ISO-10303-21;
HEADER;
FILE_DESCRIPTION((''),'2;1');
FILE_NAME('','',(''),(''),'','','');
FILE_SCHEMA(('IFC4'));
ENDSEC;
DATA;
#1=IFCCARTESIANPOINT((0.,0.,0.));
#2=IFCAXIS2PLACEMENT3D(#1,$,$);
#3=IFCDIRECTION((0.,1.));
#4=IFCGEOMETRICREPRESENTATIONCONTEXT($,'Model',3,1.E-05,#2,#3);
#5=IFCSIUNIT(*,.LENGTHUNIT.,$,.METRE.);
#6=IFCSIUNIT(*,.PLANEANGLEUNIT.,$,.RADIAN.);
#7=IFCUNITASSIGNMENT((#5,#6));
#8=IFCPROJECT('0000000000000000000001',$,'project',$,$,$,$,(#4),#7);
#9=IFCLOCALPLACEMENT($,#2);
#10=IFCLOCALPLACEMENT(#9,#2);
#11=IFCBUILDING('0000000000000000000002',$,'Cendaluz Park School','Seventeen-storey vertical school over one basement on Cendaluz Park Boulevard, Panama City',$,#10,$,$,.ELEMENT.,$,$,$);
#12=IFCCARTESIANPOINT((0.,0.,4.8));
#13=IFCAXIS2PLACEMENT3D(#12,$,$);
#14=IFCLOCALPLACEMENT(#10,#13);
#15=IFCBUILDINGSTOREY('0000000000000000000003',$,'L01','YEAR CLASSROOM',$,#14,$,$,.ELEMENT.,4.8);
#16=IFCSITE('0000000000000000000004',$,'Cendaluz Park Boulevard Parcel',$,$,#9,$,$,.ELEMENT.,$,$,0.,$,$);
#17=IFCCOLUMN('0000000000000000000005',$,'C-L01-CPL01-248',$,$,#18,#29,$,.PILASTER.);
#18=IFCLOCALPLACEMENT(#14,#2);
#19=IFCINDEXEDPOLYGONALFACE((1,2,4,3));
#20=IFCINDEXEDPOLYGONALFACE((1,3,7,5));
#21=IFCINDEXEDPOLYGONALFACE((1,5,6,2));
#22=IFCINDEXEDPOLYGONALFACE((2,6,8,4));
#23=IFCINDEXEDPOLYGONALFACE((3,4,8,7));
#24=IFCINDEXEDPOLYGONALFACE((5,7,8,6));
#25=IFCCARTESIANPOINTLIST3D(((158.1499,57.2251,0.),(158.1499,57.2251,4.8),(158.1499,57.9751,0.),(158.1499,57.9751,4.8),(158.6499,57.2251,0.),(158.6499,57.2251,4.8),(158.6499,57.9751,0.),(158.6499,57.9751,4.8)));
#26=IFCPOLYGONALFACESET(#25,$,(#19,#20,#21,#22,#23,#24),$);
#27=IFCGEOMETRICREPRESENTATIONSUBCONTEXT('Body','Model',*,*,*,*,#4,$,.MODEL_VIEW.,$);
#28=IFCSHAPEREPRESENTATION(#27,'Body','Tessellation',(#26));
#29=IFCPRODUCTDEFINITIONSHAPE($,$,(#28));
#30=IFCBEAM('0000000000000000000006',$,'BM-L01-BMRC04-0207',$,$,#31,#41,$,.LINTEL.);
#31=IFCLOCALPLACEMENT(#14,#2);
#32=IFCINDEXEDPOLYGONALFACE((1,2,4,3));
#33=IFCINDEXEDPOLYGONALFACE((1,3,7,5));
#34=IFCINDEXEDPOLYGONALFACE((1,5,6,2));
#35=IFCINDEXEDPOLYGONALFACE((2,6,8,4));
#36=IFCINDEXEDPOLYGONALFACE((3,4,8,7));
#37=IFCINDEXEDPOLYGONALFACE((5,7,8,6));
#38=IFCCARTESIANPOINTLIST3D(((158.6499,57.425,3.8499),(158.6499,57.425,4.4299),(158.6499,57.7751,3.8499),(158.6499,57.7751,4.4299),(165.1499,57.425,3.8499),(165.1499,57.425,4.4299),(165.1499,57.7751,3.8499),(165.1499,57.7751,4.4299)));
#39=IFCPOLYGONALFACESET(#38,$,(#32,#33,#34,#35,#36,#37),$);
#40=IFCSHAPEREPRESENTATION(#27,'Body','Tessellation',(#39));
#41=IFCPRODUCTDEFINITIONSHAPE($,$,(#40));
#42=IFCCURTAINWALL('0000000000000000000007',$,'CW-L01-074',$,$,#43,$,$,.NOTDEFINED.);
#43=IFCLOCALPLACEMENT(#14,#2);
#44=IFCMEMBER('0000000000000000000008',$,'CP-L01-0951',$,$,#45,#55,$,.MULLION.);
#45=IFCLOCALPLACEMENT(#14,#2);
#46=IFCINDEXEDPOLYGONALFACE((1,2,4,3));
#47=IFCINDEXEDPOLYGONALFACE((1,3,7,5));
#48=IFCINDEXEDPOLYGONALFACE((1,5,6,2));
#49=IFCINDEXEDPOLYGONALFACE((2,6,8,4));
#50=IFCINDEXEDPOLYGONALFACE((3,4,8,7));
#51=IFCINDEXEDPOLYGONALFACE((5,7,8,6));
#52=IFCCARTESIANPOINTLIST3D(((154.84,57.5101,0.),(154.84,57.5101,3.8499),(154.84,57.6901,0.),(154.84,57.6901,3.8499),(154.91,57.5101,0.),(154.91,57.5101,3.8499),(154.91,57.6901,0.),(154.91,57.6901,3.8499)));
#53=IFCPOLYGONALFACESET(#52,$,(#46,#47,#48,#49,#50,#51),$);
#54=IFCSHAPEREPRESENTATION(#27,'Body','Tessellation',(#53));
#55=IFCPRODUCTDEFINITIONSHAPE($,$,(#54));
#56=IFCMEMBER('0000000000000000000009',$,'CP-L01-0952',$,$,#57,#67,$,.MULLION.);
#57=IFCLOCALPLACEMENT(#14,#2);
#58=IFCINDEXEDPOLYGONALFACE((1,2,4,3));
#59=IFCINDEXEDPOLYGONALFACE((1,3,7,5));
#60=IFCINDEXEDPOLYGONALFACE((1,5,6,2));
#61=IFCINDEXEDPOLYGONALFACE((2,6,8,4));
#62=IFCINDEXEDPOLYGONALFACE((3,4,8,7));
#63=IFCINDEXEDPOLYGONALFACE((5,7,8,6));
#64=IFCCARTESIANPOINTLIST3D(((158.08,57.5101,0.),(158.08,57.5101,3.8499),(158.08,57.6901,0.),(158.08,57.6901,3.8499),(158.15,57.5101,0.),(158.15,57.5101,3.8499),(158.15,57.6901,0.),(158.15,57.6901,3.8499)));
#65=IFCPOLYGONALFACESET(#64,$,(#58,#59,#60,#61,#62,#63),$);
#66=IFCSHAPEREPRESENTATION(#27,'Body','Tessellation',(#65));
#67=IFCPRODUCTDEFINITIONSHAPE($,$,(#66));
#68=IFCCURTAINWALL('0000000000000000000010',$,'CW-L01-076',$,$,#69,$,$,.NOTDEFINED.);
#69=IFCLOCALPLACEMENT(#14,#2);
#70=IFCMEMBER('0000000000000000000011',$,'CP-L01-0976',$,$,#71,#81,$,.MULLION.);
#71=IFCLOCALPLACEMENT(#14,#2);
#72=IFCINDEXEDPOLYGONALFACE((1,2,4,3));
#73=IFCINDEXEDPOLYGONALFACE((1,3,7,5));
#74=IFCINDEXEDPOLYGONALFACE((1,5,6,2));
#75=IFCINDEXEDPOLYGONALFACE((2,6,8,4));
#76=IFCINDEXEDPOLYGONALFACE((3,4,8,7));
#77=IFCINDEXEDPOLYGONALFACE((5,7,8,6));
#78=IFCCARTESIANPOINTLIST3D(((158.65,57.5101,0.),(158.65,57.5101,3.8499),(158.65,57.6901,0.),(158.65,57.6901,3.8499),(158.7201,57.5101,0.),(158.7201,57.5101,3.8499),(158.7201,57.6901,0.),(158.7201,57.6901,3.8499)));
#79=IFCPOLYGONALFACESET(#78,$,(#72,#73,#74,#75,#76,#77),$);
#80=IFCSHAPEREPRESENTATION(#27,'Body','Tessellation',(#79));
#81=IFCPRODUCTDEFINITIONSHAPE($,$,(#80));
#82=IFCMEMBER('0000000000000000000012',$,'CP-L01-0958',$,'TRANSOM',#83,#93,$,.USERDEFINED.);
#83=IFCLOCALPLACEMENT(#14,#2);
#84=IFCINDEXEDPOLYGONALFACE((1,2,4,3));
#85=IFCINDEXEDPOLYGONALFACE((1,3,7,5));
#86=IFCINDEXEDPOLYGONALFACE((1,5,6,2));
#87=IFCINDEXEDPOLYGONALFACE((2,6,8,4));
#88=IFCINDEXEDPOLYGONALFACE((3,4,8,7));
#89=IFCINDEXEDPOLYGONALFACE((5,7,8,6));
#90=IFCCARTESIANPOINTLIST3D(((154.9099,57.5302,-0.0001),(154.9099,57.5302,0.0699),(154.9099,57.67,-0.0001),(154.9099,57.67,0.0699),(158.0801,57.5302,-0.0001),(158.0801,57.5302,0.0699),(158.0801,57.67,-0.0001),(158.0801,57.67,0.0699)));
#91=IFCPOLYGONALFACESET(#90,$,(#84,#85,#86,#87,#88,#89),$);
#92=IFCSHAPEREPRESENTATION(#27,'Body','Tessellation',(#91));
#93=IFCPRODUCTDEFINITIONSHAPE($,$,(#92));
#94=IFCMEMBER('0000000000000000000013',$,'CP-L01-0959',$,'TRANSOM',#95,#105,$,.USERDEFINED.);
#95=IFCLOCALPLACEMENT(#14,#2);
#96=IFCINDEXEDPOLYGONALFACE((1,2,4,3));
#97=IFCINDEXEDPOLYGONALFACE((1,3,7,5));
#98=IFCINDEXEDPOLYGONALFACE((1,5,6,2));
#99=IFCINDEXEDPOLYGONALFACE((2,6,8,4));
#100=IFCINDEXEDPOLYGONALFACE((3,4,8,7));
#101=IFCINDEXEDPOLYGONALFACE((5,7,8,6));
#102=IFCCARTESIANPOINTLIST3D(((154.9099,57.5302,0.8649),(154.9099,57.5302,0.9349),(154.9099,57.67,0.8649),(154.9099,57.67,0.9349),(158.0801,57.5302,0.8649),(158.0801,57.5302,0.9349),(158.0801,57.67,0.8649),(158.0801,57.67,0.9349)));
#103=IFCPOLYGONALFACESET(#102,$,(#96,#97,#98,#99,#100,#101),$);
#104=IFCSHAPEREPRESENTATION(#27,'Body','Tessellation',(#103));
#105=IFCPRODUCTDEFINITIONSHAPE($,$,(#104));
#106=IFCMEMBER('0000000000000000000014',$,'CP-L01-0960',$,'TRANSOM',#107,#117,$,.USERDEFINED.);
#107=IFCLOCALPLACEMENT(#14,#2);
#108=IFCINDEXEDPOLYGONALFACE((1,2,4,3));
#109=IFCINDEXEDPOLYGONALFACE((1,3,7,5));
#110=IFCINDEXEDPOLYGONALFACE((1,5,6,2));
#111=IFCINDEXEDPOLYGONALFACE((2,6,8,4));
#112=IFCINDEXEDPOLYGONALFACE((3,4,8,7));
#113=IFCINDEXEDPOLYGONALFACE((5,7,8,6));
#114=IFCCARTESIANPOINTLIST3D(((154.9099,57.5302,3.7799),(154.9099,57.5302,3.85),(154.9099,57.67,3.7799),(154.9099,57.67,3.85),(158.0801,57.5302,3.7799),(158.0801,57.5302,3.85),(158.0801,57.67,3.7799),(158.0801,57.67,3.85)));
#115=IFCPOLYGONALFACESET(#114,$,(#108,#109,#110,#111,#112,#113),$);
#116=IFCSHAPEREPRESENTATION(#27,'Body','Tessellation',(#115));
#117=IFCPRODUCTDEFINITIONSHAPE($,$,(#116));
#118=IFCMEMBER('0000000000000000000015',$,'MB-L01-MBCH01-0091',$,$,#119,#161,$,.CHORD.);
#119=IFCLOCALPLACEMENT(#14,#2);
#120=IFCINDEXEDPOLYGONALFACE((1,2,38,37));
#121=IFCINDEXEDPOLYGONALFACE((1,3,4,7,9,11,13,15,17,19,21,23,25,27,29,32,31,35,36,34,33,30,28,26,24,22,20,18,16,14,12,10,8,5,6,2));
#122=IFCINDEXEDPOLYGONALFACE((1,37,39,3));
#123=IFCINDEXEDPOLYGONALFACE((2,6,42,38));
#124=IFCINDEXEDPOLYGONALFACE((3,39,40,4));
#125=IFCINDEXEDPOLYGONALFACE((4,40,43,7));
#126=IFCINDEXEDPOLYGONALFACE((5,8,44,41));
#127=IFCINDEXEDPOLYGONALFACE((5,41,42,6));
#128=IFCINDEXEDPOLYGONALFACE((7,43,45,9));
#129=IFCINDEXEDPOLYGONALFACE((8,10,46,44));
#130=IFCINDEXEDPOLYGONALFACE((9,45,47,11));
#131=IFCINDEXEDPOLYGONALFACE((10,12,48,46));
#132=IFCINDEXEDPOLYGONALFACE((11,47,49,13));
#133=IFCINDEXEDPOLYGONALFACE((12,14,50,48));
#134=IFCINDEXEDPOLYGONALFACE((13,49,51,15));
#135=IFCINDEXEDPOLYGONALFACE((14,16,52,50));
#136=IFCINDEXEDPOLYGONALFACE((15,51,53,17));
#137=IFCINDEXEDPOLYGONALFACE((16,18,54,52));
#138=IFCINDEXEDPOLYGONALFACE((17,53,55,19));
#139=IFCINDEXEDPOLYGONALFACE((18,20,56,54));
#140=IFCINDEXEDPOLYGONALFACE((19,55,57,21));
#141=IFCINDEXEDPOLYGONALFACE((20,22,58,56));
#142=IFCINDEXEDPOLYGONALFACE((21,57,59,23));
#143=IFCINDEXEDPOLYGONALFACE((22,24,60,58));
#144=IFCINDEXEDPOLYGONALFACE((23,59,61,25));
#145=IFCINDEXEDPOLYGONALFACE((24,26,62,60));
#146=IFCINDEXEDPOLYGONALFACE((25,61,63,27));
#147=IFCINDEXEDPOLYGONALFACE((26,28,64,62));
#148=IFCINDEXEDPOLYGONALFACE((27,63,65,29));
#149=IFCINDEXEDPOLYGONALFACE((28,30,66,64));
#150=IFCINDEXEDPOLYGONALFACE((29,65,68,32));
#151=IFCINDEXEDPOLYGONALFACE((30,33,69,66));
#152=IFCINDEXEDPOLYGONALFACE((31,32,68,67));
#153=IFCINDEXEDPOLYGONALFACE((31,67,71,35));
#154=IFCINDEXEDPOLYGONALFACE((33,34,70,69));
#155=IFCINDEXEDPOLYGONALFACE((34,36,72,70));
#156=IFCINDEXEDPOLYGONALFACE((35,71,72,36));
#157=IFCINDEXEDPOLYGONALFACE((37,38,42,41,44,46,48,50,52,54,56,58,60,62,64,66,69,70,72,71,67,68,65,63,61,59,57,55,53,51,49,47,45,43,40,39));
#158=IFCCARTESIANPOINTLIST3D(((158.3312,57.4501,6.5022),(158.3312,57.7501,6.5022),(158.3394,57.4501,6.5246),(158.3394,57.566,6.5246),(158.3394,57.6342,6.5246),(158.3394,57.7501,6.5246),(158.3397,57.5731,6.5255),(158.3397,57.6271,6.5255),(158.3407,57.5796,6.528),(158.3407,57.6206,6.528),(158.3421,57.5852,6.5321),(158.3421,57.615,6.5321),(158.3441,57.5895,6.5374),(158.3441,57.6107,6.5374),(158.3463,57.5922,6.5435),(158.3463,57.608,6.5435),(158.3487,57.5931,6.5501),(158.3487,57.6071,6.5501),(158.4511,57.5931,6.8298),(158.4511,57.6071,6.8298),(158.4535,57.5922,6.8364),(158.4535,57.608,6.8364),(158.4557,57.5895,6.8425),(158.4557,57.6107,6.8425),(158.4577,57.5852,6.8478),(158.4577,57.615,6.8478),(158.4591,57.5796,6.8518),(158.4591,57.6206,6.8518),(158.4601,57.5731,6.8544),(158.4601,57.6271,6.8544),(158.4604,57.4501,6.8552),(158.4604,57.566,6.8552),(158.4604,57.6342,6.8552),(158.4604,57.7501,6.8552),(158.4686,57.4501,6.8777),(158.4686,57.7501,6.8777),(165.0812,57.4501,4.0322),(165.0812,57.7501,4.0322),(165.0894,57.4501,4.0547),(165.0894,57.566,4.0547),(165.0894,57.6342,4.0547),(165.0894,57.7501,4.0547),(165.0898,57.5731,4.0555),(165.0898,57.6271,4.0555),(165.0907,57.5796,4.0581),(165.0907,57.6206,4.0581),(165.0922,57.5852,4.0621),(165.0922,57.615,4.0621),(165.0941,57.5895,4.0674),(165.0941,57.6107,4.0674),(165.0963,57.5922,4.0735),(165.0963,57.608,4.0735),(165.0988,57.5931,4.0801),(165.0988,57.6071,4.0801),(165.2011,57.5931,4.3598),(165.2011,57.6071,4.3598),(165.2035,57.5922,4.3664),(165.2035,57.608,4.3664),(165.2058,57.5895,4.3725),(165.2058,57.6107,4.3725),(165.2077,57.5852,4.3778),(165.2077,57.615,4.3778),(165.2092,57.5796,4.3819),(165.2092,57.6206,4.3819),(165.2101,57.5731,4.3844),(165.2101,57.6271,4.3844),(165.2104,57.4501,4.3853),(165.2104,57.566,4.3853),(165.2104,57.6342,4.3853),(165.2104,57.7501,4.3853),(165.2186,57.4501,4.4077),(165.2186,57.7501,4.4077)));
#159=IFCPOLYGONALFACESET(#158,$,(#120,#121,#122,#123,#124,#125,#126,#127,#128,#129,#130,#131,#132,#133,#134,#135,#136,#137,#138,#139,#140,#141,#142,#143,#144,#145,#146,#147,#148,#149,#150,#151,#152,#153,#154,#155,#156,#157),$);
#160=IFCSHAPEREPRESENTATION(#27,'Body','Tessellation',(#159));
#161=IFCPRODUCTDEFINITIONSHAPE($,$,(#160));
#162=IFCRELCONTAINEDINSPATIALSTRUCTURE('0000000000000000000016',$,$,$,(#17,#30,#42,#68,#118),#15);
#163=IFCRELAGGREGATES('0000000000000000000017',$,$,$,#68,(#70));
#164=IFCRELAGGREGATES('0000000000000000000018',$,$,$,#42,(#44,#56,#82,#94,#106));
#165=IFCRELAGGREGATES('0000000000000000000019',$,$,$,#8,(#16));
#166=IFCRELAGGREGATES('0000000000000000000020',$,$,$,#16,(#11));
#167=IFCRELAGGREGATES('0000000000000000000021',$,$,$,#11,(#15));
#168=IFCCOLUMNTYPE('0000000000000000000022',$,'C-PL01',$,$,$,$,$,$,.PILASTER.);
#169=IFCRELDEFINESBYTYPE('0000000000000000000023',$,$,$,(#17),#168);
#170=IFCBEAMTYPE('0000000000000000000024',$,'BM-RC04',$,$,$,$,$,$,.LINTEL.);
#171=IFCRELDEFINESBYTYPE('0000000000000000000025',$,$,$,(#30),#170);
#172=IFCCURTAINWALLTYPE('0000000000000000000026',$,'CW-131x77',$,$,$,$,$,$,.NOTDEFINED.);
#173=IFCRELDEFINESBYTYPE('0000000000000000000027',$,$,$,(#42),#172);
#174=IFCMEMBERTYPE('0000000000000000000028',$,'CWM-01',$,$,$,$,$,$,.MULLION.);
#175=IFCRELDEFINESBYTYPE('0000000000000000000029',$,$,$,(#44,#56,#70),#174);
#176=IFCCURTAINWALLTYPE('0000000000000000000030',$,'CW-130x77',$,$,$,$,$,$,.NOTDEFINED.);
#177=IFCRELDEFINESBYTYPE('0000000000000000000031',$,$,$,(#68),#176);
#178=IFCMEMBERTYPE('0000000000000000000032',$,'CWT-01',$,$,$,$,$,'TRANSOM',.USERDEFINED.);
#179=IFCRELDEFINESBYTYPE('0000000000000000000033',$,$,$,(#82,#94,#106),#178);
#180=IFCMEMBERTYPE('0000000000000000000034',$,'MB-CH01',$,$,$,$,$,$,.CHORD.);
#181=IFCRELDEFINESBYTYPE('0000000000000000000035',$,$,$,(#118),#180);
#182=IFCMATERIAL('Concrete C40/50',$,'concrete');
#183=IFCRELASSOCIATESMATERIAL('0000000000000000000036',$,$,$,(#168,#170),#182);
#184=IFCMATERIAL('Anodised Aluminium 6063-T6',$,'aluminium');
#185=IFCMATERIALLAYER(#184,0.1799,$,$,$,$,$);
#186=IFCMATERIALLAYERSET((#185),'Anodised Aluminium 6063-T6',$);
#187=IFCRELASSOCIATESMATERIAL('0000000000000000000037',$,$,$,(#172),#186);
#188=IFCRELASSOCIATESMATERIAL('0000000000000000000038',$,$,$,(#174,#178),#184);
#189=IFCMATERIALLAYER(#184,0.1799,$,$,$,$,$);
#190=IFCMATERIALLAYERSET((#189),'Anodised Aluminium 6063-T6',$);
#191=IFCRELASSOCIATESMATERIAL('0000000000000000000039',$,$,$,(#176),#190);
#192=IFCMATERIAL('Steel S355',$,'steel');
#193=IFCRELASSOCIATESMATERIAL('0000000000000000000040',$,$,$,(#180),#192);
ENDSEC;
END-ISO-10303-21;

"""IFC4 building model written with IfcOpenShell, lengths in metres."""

from ifc_helpers import new_model, si_unit, direction, frame, origin, origin_2d, place, context, subcontext, project, spatial, rectangle, i_section, extrude, material, layer, layer_set, material_profile, profile_set, type_object, element, aggregate, save


model = new_model("IFC4")

# Units and contexts
model_context = context("Model", 3, precision=1e-05, world=origin(), true_north=direction((0.0, 1.0)))
body_context = subcontext(model_context, "Body", "Model", "MODEL_VIEW")
ifc_project = project(units=[si_unit("LENGTHUNIT", "METRE"), si_unit("PLANEANGLEUNIT", "RADIAN")], contexts=[model_context])

# Site, building, storey
site_placement = place(None, origin())
site = spatial("IfcSite", under=ifc_project, at=site_placement, Name="Cendaluz Park Boulevard Parcel", CompositionType="ELEMENT", RefElevation=0.0)
building_placement = place(site_placement, origin())
building = spatial("IfcBuilding", under=site, at=building_placement, Name="Cendaluz Park School", Description="Seventeen-storey vertical school over one basement on Cendaluz Park Boulevard, Panama City", CompositionType="ELEMENT")
storey_placement = place(building_placement, frame((0.0, 0.0, 4.8)))
storey = spatial("IfcBuildingStorey", under=building, at=storey_placement, Name="L01", Description="YEAR CLASSROOM", CompositionType="ELEMENT", Elevation=4.8)

# Column
ifc_material_1 = material(Name="Concrete C40/50", Category="concrete")
ifc_material_profile_1 = material_profile(ifc_material_1, rectangle(XDim=0.5, YDim=0.75, at=origin_2d()), Name="RC 500x750", Category="concrete")
ifc_profile_set_1 = profile_set([ifc_material_profile_1], Name="Concrete C40/50")
column_type = type_object("IfcColumnType", Name="C-PL01", PredefinedType="PILASTER", material=ifc_profile_set_1)
column_placement = place(storey_placement, frame((158.3999, 57.6001, 0.0), z_axis=(0.0, 0.0, 1.0), x_axis=(1.0, 0.0, 0.0)))
element("IfcColumn", 1, at=column_placement, inside=storey, type_object=column_type, Name="C-L01-CPL01-248", PredefinedType="PILASTER", context=body_context, shape_type="SweptSolid", body=[
    extrude(rectangle(XDim=0.5, YDim=0.75, at=origin_2d()), origin(), (0.0, 0.0, 1.0), 4.8),
])

# Beam
ifc_material_profile_2 = material_profile(ifc_material_1, rectangle(XDim=0.3501, YDim=0.5801, at=origin_2d()), Name="RC 350x580", Category="concrete")
ifc_profile_set_2 = profile_set([ifc_material_profile_2], Name="Concrete C40/50")
beam_type = type_object("IfcBeamType", Name="BM-RC04", PredefinedType="LINTEL", material=ifc_profile_set_2)
beam_placement = place(storey_placement, frame((158.6499, 57.6001, 4.1399), z_axis=(1.0, 0.0, 0.0), x_axis=(0.0, 1.0, 0.0)))
element("IfcBeam", 2, at=beam_placement, inside=storey, type_object=beam_type, Name="BM-L01-BMRC04-0207", PredefinedType="LINTEL", context=body_context, shape_type="SweptSolid", body=[
    extrude(rectangle(XDim=0.3501, YDim=0.5801, at=origin_2d()), origin(), (0.0, 0.0, 1.0), 6.5),
])

# Curtain wall, members
ifc_material_2 = material(Name="Anodised Aluminium 6063-T6", Category="aluminium")
ifc_layer_1 = layer(ifc_material_2, 0.1799)
ifc_layer_set_1 = layer_set([ifc_layer_1], Name="Anodised Aluminium 6063-T6")
curtain_wall_type_1 = type_object("IfcCurtainWallType", Name="CW-131x77", PredefinedType="NOTDEFINED", material=ifc_layer_set_1)
curtain_wall_1_placement = place(storey_placement, origin())
curtain_wall_1 = element("IfcCurtainWall", 3, at=curtain_wall_1_placement, inside=storey, type_object=curtain_wall_type_1, Name="CW-L01-074", PredefinedType="NOTDEFINED")
ifc_material_profile_3 = material_profile(ifc_material_2, rectangle(XDim=0.1799, YDim=0.0701, at=origin_2d()), Name="CWM 180x70", Category="aluminium")
ifc_profile_set_3 = profile_set([ifc_material_profile_3], Name="Anodised Aluminium 6063-T6")
member_type_1 = type_object("IfcMemberType", Name="CWM-01", PredefinedType="MULLION", material=ifc_profile_set_3)
member_1_placement = place(storey_placement, frame((154.875, 57.6001, 0.0), z_axis=(0.0, 0.0, 1.0), x_axis=(0.0, 1.0, 0.0)))
member_1 = element("IfcMember", 4, at=member_1_placement, type_object=member_type_1, Name="CP-L01-0951", PredefinedType="MULLION", context=body_context, shape_type="SweptSolid", body=[
    extrude(rectangle(XDim=0.1799, YDim=0.0701, at=origin_2d()), origin(), (0.0, 0.0, 1.0), 3.8499),
])
member_2_placement = place(storey_placement, frame((158.115, 57.6001, 0.0), z_axis=(0.0, 0.0, 1.0), x_axis=(0.0, 1.0, 0.0)))
member_2 = element("IfcMember", 5, at=member_2_placement, type_object=member_type_1, Name="CP-L01-0952", PredefinedType="MULLION", context=body_context, shape_type="SweptSolid", body=[
    extrude(rectangle(XDim=0.1799, YDim=0.0701, at=origin_2d()), origin(), (0.0, 0.0, 1.0), 3.8499),
])

# Curtain wall, member
ifc_layer_2 = layer(ifc_material_2, 0.1799)
ifc_layer_set_2 = layer_set([ifc_layer_2], Name="Anodised Aluminium 6063-T6")
curtain_wall_type_2 = type_object("IfcCurtainWallType", Name="CW-130x77", PredefinedType="NOTDEFINED", material=ifc_layer_set_2)
curtain_wall_2_placement = place(storey_placement, origin())
curtain_wall_2 = element("IfcCurtainWall", 6, at=curtain_wall_2_placement, inside=storey, type_object=curtain_wall_type_2, Name="CW-L01-076", PredefinedType="NOTDEFINED")
member_3_placement = place(storey_placement, frame((158.6851, 57.6001, 0.0), z_axis=(0.0, 0.0, 1.0), x_axis=(0.0, 1.0, 0.0)))
member_3 = element("IfcMember", 7, at=member_3_placement, type_object=member_type_1, Name="CP-L01-0976", PredefinedType="MULLION", context=body_context, shape_type="SweptSolid", body=[
    extrude(rectangle(XDim=0.1799, YDim=0.0701, at=origin_2d()), origin(), (0.0, 0.0, 1.0), 3.8499),
])
aggregate(curtain_wall_2, [member_3])

# Members
ifc_material_profile_4 = material_profile(ifc_material_2, rectangle(XDim=0.1399, YDim=0.0701, at=origin_2d()), Name="CWT 140x70", Category="aluminium")
ifc_profile_set_4 = profile_set([ifc_material_profile_4], Name="Anodised Aluminium 6063-T6")
member_type_2 = type_object("IfcMemberType", Name="CWT-01", ElementType="TRANSOM", PredefinedType="USERDEFINED", material=ifc_profile_set_4)
member_4_placement = place(storey_placement, frame((154.9099, 57.6001, 0.0349), z_axis=(1.0, 0.0, 0.0), x_axis=(0.0, 1.0, 0.0)))
member_4 = element("IfcMember", 8, at=member_4_placement, type_object=member_type_2, Name="CP-L01-0958", ObjectType="TRANSOM", PredefinedType="USERDEFINED", context=body_context, shape_type="SweptSolid", body=[
    extrude(rectangle(XDim=0.1399, YDim=0.0701, at=origin_2d()), origin(), (0.0, 0.0, 1.0), 3.1702),
])
member_5_placement = place(storey_placement, frame((154.9099, 57.6001, 0.8999), z_axis=(1.0, 0.0, 0.0), x_axis=(0.0, 1.0, 0.0)))
member_5 = element("IfcMember", 9, at=member_5_placement, type_object=member_type_2, Name="CP-L01-0959", ObjectType="TRANSOM", PredefinedType="USERDEFINED", context=body_context, shape_type="SweptSolid", body=[
    extrude(rectangle(XDim=0.1399, YDim=0.0701, at=origin_2d()), origin(), (0.0, 0.0, 1.0), 3.1702),
])
member_6_placement = place(storey_placement, frame((154.9099, 57.6001, 3.8149), z_axis=(1.0, 0.0, 0.0), x_axis=(0.0, 1.0, 0.0)))
member_6 = element("IfcMember", 10, at=member_6_placement, type_object=member_type_2, Name="CP-L01-0960", ObjectType="TRANSOM", PredefinedType="USERDEFINED", context=body_context, shape_type="SweptSolid", body=[
    extrude(rectangle(XDim=0.1399, YDim=0.0701, at=origin_2d()), origin(), (0.0, 0.0, 1.0), 3.1702),
])

# Member
ifc_material_3 = material(Name="Steel S355", Category="steel")
ifc_material_profile_5 = material_profile(ifc_material_3, i_section(OverallWidth=0.3, OverallDepth=0.3999, WebThickness=0.0139, FlangeThickness=0.0239, FilletRadius=0.0271, at=origin_2d()), Name="HEB 400", Category="steel")
ifc_profile_set_5 = profile_set([ifc_material_profile_5], Name="Steel S355")
member_type_3 = type_object("IfcMemberType", Name="MB-CH01", PredefinedType="CHORD", material=ifc_profile_set_5)
for number, where, z_axis, x_axis, name in (
    (11, (158.3999, 57.6001, 6.6899), (0.939102, 0.0, -0.343638), (0.0, 1.0, 0.0), "MB-L01-MBCH01-0091"),
):
    element("IfcMember", number, at=place(storey_placement, frame(where, z_axis=z_axis, x_axis=x_axis)), inside=storey, type_object=member_type_3, Name=name, PredefinedType="CHORD", context=body_context, shape_type="SweptSolid", body=[
        extrude(i_section(OverallWidth=0.3, OverallDepth=0.3999, WebThickness=0.0139, FlangeThickness=0.0239, FilletRadius=0.0271, at=origin_2d()), origin(), (0.0, 0.0, 1.0), 7.1877),
    ])

aggregate(curtain_wall_1, [member_1, member_2, member_4, member_5, member_6])

save(model, "model.ifc")
